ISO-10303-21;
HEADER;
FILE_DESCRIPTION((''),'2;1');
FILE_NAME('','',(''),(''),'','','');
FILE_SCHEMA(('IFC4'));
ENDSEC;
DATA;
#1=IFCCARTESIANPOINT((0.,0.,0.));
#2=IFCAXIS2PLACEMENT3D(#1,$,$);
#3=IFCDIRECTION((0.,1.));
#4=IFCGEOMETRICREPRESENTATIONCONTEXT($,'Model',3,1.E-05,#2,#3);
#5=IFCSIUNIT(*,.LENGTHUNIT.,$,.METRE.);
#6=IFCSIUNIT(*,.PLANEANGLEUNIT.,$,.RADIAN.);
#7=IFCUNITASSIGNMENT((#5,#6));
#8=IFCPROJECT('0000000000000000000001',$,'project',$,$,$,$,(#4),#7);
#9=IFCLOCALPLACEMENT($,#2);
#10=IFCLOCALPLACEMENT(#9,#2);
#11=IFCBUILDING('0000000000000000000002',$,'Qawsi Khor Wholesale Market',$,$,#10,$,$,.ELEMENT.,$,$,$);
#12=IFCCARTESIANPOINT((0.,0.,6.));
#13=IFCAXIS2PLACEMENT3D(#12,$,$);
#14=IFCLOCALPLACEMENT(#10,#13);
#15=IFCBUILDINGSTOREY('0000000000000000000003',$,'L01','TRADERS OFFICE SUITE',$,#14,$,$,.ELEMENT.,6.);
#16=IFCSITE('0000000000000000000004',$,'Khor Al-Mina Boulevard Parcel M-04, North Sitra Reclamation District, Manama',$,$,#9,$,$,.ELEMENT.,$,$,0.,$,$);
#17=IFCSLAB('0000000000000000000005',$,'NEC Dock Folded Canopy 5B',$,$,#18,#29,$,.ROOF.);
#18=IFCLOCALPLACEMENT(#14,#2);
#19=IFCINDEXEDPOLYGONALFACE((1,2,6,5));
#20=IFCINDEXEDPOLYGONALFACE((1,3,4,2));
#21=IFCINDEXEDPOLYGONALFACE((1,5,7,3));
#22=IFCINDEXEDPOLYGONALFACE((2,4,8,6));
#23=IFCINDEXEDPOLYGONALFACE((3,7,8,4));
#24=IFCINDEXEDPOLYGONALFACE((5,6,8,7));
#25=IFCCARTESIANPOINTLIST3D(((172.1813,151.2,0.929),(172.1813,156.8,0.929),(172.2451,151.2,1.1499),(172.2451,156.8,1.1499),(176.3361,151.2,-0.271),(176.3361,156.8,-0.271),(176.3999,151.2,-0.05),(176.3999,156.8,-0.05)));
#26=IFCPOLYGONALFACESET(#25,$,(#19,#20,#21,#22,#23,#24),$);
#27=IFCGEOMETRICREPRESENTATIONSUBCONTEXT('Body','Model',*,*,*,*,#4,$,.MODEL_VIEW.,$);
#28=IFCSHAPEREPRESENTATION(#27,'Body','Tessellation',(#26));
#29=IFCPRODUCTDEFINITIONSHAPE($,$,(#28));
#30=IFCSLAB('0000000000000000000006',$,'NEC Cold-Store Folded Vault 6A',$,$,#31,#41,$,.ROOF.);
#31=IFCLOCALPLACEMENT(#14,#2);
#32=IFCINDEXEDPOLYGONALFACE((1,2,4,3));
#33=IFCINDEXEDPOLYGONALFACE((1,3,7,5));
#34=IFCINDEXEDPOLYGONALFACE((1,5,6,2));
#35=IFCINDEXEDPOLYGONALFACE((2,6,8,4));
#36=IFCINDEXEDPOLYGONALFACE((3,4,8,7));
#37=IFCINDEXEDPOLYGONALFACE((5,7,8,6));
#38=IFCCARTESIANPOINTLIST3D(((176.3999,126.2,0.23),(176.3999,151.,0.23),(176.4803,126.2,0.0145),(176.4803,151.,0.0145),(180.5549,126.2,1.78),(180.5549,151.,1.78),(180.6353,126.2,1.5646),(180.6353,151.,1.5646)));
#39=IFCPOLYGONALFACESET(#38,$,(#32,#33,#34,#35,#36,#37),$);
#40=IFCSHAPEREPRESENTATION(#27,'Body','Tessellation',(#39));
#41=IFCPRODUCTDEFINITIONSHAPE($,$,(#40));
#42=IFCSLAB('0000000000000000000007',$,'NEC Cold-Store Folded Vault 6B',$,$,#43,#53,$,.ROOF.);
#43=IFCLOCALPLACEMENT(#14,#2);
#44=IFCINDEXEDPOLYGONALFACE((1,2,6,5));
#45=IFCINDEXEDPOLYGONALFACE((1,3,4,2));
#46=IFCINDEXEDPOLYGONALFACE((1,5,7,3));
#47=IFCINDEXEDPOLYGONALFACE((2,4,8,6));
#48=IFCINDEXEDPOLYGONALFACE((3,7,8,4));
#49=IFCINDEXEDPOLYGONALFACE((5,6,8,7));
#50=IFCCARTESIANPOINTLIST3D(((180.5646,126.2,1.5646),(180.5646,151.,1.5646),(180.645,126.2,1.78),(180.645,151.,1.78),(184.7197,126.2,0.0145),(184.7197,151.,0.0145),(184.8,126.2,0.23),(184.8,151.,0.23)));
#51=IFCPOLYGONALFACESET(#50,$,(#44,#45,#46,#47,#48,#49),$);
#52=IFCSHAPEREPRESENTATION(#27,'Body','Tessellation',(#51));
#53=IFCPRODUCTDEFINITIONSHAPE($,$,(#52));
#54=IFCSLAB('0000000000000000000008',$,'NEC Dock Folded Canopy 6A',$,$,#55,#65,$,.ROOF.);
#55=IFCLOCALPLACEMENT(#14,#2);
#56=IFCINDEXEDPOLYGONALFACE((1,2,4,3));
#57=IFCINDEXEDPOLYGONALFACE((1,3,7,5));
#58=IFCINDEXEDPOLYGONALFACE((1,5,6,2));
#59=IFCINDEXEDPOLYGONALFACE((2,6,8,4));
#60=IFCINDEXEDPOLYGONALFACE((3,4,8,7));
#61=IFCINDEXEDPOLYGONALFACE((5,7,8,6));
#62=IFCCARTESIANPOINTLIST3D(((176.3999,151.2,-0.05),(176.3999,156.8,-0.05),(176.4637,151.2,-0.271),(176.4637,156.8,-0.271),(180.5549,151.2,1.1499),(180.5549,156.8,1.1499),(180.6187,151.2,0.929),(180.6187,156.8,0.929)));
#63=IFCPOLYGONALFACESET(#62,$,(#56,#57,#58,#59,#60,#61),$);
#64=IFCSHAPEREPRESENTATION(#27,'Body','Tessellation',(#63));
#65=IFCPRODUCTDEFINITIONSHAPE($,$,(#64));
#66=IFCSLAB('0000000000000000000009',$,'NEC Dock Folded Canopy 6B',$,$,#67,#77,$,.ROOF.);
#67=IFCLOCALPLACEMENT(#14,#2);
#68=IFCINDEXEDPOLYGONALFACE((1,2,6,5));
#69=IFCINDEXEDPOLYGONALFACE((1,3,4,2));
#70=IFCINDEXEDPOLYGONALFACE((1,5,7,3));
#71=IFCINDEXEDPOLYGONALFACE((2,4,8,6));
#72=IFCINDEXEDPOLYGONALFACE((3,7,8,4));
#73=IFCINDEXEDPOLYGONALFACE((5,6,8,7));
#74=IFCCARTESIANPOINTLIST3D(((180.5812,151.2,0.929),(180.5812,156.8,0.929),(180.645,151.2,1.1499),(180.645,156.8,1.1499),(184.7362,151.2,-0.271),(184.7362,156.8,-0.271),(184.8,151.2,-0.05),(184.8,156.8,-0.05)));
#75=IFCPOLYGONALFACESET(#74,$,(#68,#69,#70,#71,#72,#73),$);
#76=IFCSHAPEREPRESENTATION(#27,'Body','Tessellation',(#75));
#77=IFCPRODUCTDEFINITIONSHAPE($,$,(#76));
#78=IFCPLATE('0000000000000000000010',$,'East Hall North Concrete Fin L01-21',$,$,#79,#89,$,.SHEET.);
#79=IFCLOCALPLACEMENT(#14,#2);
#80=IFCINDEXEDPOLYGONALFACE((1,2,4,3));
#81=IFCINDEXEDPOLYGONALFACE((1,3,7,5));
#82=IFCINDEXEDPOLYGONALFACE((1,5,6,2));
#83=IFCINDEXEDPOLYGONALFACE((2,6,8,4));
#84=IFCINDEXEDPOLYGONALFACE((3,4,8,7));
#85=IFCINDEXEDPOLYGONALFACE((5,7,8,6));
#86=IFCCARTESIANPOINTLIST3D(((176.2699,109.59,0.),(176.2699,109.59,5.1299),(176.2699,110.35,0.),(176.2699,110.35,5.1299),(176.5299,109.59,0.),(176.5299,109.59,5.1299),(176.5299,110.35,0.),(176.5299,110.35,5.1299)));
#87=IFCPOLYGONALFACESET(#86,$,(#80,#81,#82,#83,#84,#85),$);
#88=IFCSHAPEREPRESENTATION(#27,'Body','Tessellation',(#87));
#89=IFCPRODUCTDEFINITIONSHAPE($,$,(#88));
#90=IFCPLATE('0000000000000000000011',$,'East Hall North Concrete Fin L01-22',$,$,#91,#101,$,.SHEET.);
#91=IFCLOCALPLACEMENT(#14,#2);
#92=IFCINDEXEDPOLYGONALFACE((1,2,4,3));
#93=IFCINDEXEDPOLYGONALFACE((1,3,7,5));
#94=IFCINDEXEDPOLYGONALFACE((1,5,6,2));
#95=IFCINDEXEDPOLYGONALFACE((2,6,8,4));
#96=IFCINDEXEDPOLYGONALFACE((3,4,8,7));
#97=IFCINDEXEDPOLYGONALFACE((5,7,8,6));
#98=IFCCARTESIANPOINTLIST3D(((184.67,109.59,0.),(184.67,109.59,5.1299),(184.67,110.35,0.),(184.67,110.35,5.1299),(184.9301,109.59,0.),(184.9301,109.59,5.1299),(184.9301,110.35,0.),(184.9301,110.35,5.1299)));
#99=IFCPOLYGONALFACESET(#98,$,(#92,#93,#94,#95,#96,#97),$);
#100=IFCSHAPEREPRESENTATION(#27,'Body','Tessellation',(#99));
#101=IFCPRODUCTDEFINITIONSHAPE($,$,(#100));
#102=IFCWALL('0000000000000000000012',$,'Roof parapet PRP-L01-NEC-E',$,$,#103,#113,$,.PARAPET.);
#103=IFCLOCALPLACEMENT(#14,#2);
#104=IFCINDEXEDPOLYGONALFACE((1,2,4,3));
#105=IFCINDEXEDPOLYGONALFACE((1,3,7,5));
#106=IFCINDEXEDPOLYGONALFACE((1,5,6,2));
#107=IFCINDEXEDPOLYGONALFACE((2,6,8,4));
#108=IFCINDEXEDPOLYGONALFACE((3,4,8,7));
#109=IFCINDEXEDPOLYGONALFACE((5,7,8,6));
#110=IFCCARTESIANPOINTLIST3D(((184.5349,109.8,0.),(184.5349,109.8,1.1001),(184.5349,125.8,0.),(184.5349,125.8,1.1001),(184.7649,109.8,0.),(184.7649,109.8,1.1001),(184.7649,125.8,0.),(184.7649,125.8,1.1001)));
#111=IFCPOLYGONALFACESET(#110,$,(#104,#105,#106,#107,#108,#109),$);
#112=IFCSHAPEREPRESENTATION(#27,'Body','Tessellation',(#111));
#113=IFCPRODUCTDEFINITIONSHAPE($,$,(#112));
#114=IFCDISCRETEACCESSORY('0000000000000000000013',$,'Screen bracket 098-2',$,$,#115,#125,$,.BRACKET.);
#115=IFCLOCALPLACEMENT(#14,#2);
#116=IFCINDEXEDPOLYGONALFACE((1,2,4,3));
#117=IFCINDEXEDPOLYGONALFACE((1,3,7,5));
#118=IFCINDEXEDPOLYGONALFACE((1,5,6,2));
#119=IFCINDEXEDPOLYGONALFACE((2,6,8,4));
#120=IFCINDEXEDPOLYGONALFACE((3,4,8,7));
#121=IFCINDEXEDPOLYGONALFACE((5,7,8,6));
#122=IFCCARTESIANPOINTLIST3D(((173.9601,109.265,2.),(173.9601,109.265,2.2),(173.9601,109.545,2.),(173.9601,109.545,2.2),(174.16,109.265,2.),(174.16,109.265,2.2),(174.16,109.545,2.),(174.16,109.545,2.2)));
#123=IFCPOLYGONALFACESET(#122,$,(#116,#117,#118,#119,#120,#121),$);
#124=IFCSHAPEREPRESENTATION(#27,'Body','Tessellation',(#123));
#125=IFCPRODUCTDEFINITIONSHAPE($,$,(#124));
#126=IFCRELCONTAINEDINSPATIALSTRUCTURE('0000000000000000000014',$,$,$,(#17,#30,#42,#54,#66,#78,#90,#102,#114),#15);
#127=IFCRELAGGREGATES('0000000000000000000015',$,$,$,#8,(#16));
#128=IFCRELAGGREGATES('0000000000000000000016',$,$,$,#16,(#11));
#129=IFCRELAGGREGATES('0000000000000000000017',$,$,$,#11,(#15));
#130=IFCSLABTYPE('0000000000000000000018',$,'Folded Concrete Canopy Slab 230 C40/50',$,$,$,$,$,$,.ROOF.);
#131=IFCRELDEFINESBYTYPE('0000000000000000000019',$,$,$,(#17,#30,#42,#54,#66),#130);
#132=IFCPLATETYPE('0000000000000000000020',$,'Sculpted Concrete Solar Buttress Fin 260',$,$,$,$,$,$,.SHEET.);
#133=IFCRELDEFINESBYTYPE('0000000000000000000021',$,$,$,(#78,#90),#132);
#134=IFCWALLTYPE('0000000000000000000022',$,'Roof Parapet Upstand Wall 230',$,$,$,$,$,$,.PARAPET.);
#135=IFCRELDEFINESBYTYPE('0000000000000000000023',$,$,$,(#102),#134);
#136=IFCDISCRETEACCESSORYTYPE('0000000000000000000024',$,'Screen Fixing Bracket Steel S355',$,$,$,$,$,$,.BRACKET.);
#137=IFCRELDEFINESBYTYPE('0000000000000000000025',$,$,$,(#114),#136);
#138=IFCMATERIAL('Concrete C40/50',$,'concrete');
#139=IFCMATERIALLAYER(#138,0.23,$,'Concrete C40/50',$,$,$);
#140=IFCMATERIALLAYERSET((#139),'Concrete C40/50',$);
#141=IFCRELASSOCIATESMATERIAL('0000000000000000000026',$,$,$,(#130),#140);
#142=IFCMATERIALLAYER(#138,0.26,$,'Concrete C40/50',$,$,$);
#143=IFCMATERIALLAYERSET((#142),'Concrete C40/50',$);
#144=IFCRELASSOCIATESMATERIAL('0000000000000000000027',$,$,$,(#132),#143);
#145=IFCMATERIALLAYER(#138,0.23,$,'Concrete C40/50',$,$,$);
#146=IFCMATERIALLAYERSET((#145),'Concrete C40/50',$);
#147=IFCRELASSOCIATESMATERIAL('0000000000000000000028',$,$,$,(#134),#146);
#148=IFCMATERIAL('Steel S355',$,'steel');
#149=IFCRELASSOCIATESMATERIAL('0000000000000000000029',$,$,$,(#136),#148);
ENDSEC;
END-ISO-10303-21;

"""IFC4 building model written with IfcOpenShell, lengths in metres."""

from ifc_helpers import new_model, si_unit, direction, frame, frame_2d, origin, origin_2d, place, context, subcontext, project, spatial, polyline, rectangle, outline, extrude, material, layer, layer_set, type_object, element, save


model = new_model("IFC4")

# Units and contexts
model_context = context("Model", 3, precision=1e-05, world=origin(), true_north=direction((0.0, 1.0)))
body_context = subcontext(model_context, "Body", "Model", "MODEL_VIEW")
ifc_project = project(units=[si_unit("LENGTHUNIT", "METRE"), si_unit("PLANEANGLEUNIT", "RADIAN")], contexts=[model_context])

# Site, building, storey
site_placement = place(None, origin())
site = spatial("IfcSite", under=ifc_project, at=site_placement, Name="Khor Al-Mina Boulevard Parcel M-04, North Sitra Reclamation District, Manama", CompositionType="ELEMENT", RefElevation=0.0)
building_placement = place(site_placement, origin())
building = spatial("IfcBuilding", under=site, at=building_placement, Name="Qawsi Khor Wholesale Market", CompositionType="ELEMENT")
storey_placement = place(building_placement, frame((0.0, 0.0, 6.0)))
storey = spatial("IfcBuildingStorey", under=building, at=storey_placement, Name="L01", Description="TRADERS OFFICE SUITE", CompositionType="ELEMENT", Elevation=6.0)

# Shared definitions
ifc_material_1 = material(Name="Steel S355", Category="steel")

# Slabs
ifc_material_2 = material(Name="Concrete C40/50", Category="concrete")
ifc_layer_1 = layer(ifc_material_2, 0.23, Name="Concrete C40/50")
ifc_layer_set_1 = layer_set([ifc_layer_1], Name="Concrete C40/50")
slab_type = type_object("IfcSlabType", Name="Folded Concrete Canopy Slab 230 C40/50", PredefinedType="ROOF", material=ifc_layer_set_1)
slab_placement = place(storey_placement, frame((172.2451, 151.2, 1.1499), z_axis=(0.277471, 0.0, 0.960734), x_axis=(0.960734, 0.0, -0.277471)))
element("IfcSlab", 1, at=slab_placement, inside=storey, type_object=slab_type, Name="NEC Dock Folded Canopy 5B", PredefinedType="ROOF", context=body_context, shape_type="SweptSolid", body=[
    extrude(outline(polyline([(0.0, 0.0), (4.3246, 0.0), (4.3246, 5.6001), (0.0, 5.6001), (0.0, 0.0)])), origin(), (0.0, 0.0, -1.0), 0.23),
])
for number, where, z_axis, x_axis, name in (
    (2, (176.3999, 126.2, 0.23), (-0.349524, 0.0, 0.936927), (0.936927, 0.0, 0.349524), "NEC Cold-Store Folded Vault 6A"),
    (3, (180.645, 126.2, 1.78), (0.349524, 0.0, 0.936927), (0.936927, 0.0, -0.349524), "NEC Cold-Store Folded Vault 6B"),
):
    element("IfcSlab", number, at=place(storey_placement, frame(where, z_axis=z_axis, x_axis=x_axis)), inside=storey, type_object=slab_type, Name=name, PredefinedType="ROOF", context=body_context, shape_type="SweptSolid", body=[
        extrude(outline(polyline([(0.0, 0.0), (4.4347, 0.0), (4.4347, 24.8), (0.0, 24.8), (0.0, 0.0)])), origin(), (0.0, 0.0, -1.0), 0.23),
    ])
for number, where, z_axis, x_axis, name in (
    (4, (176.3999, 151.2, -0.05), (-0.277456, 0.0, 0.960738), (0.960738, 0.0, 0.277456), "NEC Dock Folded Canopy 6A"),
    (5, (180.645, 151.2, 1.1499), (0.277456, 0.0, 0.960738), (0.960738, 0.0, -0.277456), "NEC Dock Folded Canopy 6B"),
):
    element("IfcSlab", number, at=place(storey_placement, frame(where, z_axis=z_axis, x_axis=x_axis)), inside=storey, type_object=slab_type, Name=name, PredefinedType="ROOF", context=body_context, shape_type="SweptSolid", body=[
        extrude(outline(polyline([(0.0, 0.0), (4.3248, 0.0), (4.3248, 5.6001), (0.0, 5.6001), (0.0, 0.0)])), origin(), (0.0, 0.0, -1.0), 0.23),
    ])

# Plates
ifc_layer_2 = layer(ifc_material_2, 0.26, Name="Concrete C40/50")
ifc_layer_set_2 = layer_set([ifc_layer_2], Name="Concrete C40/50")
plate_type = type_object("IfcPlateType", Name="Sculpted Concrete Solar Buttress Fin 260", PredefinedType="SHEET", material=ifc_layer_set_2)
for number, where, z_axis, x_axis, name in (
    (6, (176.3999, 109.5901, 0.0), (0.0, 0.0, 1.0), (0.0, 1.0, 0.0), "East Hall North Concrete Fin L01-21"),
    (7, (184.8, 109.5901, 0.0), (0.0, 0.0, 1.0), (0.0, 1.0, 0.0), "East Hall North Concrete Fin L01-22"),
):
    element("IfcPlate", number, at=place(storey_placement, frame(where, z_axis=z_axis, x_axis=x_axis)), inside=storey, type_object=plate_type, Name=name, PredefinedType="SHEET", context=body_context, shape_type="SweptSolid", body=[
        extrude(rectangle(XDim=0.76, YDim=0.26, at=frame_2d((0.3799, 0.0))), origin(), (0.0, 0.0, 1.0), 5.1299),
    ])

# Wall
ifc_layer_3 = layer(ifc_material_2, 0.23, Name="Concrete C40/50")
ifc_layer_set_3 = layer_set([ifc_layer_3], Name="Concrete C40/50")
wall_type = type_object("IfcWallType", Name="Roof Parapet Upstand Wall 230", PredefinedType="PARAPET", material=ifc_layer_set_3)
wall_placement = place(storey_placement, frame((184.6499, 109.8, 0.0), z_axis=(0.0, 0.0, 1.0), x_axis=(0.0, 1.0, 0.0)))
element("IfcWall", 8, at=wall_placement, inside=storey, type_object=wall_type, Name="Roof parapet PRP-L01-NEC-E", PredefinedType="PARAPET", context=body_context, shape_type="SweptSolid", body=[
    extrude(rectangle(XDim=16.0, YDim=0.23, at=frame_2d((8.0, 0.0))), origin(), (0.0, 0.0, 1.0), 1.1001),
])

# Discrete accessory
discrete_accessory_type = type_object("IfcDiscreteAccessoryType", Name="Screen Fixing Bracket Steel S355", PredefinedType="BRACKET", material=ifc_material_1)
discrete_accessory_placement = place(storey_placement, frame((174.0601, 109.405, 2.0), z_axis=(0.0, 0.0, 1.0), x_axis=(1.0, 0.0, 0.0)))
element("IfcDiscreteAccessory", 9, at=discrete_accessory_placement, inside=storey, type_object=discrete_accessory_type, Name="Screen bracket 098-2", PredefinedType="BRACKET", context=body_context, shape_type="SweptSolid", body=[
    extrude(rectangle(XDim=0.2, YDim=0.28, at=origin_2d()), origin(), (0.0, 0.0, 1.0), 0.2),
])

save(model, "model.ifc")
